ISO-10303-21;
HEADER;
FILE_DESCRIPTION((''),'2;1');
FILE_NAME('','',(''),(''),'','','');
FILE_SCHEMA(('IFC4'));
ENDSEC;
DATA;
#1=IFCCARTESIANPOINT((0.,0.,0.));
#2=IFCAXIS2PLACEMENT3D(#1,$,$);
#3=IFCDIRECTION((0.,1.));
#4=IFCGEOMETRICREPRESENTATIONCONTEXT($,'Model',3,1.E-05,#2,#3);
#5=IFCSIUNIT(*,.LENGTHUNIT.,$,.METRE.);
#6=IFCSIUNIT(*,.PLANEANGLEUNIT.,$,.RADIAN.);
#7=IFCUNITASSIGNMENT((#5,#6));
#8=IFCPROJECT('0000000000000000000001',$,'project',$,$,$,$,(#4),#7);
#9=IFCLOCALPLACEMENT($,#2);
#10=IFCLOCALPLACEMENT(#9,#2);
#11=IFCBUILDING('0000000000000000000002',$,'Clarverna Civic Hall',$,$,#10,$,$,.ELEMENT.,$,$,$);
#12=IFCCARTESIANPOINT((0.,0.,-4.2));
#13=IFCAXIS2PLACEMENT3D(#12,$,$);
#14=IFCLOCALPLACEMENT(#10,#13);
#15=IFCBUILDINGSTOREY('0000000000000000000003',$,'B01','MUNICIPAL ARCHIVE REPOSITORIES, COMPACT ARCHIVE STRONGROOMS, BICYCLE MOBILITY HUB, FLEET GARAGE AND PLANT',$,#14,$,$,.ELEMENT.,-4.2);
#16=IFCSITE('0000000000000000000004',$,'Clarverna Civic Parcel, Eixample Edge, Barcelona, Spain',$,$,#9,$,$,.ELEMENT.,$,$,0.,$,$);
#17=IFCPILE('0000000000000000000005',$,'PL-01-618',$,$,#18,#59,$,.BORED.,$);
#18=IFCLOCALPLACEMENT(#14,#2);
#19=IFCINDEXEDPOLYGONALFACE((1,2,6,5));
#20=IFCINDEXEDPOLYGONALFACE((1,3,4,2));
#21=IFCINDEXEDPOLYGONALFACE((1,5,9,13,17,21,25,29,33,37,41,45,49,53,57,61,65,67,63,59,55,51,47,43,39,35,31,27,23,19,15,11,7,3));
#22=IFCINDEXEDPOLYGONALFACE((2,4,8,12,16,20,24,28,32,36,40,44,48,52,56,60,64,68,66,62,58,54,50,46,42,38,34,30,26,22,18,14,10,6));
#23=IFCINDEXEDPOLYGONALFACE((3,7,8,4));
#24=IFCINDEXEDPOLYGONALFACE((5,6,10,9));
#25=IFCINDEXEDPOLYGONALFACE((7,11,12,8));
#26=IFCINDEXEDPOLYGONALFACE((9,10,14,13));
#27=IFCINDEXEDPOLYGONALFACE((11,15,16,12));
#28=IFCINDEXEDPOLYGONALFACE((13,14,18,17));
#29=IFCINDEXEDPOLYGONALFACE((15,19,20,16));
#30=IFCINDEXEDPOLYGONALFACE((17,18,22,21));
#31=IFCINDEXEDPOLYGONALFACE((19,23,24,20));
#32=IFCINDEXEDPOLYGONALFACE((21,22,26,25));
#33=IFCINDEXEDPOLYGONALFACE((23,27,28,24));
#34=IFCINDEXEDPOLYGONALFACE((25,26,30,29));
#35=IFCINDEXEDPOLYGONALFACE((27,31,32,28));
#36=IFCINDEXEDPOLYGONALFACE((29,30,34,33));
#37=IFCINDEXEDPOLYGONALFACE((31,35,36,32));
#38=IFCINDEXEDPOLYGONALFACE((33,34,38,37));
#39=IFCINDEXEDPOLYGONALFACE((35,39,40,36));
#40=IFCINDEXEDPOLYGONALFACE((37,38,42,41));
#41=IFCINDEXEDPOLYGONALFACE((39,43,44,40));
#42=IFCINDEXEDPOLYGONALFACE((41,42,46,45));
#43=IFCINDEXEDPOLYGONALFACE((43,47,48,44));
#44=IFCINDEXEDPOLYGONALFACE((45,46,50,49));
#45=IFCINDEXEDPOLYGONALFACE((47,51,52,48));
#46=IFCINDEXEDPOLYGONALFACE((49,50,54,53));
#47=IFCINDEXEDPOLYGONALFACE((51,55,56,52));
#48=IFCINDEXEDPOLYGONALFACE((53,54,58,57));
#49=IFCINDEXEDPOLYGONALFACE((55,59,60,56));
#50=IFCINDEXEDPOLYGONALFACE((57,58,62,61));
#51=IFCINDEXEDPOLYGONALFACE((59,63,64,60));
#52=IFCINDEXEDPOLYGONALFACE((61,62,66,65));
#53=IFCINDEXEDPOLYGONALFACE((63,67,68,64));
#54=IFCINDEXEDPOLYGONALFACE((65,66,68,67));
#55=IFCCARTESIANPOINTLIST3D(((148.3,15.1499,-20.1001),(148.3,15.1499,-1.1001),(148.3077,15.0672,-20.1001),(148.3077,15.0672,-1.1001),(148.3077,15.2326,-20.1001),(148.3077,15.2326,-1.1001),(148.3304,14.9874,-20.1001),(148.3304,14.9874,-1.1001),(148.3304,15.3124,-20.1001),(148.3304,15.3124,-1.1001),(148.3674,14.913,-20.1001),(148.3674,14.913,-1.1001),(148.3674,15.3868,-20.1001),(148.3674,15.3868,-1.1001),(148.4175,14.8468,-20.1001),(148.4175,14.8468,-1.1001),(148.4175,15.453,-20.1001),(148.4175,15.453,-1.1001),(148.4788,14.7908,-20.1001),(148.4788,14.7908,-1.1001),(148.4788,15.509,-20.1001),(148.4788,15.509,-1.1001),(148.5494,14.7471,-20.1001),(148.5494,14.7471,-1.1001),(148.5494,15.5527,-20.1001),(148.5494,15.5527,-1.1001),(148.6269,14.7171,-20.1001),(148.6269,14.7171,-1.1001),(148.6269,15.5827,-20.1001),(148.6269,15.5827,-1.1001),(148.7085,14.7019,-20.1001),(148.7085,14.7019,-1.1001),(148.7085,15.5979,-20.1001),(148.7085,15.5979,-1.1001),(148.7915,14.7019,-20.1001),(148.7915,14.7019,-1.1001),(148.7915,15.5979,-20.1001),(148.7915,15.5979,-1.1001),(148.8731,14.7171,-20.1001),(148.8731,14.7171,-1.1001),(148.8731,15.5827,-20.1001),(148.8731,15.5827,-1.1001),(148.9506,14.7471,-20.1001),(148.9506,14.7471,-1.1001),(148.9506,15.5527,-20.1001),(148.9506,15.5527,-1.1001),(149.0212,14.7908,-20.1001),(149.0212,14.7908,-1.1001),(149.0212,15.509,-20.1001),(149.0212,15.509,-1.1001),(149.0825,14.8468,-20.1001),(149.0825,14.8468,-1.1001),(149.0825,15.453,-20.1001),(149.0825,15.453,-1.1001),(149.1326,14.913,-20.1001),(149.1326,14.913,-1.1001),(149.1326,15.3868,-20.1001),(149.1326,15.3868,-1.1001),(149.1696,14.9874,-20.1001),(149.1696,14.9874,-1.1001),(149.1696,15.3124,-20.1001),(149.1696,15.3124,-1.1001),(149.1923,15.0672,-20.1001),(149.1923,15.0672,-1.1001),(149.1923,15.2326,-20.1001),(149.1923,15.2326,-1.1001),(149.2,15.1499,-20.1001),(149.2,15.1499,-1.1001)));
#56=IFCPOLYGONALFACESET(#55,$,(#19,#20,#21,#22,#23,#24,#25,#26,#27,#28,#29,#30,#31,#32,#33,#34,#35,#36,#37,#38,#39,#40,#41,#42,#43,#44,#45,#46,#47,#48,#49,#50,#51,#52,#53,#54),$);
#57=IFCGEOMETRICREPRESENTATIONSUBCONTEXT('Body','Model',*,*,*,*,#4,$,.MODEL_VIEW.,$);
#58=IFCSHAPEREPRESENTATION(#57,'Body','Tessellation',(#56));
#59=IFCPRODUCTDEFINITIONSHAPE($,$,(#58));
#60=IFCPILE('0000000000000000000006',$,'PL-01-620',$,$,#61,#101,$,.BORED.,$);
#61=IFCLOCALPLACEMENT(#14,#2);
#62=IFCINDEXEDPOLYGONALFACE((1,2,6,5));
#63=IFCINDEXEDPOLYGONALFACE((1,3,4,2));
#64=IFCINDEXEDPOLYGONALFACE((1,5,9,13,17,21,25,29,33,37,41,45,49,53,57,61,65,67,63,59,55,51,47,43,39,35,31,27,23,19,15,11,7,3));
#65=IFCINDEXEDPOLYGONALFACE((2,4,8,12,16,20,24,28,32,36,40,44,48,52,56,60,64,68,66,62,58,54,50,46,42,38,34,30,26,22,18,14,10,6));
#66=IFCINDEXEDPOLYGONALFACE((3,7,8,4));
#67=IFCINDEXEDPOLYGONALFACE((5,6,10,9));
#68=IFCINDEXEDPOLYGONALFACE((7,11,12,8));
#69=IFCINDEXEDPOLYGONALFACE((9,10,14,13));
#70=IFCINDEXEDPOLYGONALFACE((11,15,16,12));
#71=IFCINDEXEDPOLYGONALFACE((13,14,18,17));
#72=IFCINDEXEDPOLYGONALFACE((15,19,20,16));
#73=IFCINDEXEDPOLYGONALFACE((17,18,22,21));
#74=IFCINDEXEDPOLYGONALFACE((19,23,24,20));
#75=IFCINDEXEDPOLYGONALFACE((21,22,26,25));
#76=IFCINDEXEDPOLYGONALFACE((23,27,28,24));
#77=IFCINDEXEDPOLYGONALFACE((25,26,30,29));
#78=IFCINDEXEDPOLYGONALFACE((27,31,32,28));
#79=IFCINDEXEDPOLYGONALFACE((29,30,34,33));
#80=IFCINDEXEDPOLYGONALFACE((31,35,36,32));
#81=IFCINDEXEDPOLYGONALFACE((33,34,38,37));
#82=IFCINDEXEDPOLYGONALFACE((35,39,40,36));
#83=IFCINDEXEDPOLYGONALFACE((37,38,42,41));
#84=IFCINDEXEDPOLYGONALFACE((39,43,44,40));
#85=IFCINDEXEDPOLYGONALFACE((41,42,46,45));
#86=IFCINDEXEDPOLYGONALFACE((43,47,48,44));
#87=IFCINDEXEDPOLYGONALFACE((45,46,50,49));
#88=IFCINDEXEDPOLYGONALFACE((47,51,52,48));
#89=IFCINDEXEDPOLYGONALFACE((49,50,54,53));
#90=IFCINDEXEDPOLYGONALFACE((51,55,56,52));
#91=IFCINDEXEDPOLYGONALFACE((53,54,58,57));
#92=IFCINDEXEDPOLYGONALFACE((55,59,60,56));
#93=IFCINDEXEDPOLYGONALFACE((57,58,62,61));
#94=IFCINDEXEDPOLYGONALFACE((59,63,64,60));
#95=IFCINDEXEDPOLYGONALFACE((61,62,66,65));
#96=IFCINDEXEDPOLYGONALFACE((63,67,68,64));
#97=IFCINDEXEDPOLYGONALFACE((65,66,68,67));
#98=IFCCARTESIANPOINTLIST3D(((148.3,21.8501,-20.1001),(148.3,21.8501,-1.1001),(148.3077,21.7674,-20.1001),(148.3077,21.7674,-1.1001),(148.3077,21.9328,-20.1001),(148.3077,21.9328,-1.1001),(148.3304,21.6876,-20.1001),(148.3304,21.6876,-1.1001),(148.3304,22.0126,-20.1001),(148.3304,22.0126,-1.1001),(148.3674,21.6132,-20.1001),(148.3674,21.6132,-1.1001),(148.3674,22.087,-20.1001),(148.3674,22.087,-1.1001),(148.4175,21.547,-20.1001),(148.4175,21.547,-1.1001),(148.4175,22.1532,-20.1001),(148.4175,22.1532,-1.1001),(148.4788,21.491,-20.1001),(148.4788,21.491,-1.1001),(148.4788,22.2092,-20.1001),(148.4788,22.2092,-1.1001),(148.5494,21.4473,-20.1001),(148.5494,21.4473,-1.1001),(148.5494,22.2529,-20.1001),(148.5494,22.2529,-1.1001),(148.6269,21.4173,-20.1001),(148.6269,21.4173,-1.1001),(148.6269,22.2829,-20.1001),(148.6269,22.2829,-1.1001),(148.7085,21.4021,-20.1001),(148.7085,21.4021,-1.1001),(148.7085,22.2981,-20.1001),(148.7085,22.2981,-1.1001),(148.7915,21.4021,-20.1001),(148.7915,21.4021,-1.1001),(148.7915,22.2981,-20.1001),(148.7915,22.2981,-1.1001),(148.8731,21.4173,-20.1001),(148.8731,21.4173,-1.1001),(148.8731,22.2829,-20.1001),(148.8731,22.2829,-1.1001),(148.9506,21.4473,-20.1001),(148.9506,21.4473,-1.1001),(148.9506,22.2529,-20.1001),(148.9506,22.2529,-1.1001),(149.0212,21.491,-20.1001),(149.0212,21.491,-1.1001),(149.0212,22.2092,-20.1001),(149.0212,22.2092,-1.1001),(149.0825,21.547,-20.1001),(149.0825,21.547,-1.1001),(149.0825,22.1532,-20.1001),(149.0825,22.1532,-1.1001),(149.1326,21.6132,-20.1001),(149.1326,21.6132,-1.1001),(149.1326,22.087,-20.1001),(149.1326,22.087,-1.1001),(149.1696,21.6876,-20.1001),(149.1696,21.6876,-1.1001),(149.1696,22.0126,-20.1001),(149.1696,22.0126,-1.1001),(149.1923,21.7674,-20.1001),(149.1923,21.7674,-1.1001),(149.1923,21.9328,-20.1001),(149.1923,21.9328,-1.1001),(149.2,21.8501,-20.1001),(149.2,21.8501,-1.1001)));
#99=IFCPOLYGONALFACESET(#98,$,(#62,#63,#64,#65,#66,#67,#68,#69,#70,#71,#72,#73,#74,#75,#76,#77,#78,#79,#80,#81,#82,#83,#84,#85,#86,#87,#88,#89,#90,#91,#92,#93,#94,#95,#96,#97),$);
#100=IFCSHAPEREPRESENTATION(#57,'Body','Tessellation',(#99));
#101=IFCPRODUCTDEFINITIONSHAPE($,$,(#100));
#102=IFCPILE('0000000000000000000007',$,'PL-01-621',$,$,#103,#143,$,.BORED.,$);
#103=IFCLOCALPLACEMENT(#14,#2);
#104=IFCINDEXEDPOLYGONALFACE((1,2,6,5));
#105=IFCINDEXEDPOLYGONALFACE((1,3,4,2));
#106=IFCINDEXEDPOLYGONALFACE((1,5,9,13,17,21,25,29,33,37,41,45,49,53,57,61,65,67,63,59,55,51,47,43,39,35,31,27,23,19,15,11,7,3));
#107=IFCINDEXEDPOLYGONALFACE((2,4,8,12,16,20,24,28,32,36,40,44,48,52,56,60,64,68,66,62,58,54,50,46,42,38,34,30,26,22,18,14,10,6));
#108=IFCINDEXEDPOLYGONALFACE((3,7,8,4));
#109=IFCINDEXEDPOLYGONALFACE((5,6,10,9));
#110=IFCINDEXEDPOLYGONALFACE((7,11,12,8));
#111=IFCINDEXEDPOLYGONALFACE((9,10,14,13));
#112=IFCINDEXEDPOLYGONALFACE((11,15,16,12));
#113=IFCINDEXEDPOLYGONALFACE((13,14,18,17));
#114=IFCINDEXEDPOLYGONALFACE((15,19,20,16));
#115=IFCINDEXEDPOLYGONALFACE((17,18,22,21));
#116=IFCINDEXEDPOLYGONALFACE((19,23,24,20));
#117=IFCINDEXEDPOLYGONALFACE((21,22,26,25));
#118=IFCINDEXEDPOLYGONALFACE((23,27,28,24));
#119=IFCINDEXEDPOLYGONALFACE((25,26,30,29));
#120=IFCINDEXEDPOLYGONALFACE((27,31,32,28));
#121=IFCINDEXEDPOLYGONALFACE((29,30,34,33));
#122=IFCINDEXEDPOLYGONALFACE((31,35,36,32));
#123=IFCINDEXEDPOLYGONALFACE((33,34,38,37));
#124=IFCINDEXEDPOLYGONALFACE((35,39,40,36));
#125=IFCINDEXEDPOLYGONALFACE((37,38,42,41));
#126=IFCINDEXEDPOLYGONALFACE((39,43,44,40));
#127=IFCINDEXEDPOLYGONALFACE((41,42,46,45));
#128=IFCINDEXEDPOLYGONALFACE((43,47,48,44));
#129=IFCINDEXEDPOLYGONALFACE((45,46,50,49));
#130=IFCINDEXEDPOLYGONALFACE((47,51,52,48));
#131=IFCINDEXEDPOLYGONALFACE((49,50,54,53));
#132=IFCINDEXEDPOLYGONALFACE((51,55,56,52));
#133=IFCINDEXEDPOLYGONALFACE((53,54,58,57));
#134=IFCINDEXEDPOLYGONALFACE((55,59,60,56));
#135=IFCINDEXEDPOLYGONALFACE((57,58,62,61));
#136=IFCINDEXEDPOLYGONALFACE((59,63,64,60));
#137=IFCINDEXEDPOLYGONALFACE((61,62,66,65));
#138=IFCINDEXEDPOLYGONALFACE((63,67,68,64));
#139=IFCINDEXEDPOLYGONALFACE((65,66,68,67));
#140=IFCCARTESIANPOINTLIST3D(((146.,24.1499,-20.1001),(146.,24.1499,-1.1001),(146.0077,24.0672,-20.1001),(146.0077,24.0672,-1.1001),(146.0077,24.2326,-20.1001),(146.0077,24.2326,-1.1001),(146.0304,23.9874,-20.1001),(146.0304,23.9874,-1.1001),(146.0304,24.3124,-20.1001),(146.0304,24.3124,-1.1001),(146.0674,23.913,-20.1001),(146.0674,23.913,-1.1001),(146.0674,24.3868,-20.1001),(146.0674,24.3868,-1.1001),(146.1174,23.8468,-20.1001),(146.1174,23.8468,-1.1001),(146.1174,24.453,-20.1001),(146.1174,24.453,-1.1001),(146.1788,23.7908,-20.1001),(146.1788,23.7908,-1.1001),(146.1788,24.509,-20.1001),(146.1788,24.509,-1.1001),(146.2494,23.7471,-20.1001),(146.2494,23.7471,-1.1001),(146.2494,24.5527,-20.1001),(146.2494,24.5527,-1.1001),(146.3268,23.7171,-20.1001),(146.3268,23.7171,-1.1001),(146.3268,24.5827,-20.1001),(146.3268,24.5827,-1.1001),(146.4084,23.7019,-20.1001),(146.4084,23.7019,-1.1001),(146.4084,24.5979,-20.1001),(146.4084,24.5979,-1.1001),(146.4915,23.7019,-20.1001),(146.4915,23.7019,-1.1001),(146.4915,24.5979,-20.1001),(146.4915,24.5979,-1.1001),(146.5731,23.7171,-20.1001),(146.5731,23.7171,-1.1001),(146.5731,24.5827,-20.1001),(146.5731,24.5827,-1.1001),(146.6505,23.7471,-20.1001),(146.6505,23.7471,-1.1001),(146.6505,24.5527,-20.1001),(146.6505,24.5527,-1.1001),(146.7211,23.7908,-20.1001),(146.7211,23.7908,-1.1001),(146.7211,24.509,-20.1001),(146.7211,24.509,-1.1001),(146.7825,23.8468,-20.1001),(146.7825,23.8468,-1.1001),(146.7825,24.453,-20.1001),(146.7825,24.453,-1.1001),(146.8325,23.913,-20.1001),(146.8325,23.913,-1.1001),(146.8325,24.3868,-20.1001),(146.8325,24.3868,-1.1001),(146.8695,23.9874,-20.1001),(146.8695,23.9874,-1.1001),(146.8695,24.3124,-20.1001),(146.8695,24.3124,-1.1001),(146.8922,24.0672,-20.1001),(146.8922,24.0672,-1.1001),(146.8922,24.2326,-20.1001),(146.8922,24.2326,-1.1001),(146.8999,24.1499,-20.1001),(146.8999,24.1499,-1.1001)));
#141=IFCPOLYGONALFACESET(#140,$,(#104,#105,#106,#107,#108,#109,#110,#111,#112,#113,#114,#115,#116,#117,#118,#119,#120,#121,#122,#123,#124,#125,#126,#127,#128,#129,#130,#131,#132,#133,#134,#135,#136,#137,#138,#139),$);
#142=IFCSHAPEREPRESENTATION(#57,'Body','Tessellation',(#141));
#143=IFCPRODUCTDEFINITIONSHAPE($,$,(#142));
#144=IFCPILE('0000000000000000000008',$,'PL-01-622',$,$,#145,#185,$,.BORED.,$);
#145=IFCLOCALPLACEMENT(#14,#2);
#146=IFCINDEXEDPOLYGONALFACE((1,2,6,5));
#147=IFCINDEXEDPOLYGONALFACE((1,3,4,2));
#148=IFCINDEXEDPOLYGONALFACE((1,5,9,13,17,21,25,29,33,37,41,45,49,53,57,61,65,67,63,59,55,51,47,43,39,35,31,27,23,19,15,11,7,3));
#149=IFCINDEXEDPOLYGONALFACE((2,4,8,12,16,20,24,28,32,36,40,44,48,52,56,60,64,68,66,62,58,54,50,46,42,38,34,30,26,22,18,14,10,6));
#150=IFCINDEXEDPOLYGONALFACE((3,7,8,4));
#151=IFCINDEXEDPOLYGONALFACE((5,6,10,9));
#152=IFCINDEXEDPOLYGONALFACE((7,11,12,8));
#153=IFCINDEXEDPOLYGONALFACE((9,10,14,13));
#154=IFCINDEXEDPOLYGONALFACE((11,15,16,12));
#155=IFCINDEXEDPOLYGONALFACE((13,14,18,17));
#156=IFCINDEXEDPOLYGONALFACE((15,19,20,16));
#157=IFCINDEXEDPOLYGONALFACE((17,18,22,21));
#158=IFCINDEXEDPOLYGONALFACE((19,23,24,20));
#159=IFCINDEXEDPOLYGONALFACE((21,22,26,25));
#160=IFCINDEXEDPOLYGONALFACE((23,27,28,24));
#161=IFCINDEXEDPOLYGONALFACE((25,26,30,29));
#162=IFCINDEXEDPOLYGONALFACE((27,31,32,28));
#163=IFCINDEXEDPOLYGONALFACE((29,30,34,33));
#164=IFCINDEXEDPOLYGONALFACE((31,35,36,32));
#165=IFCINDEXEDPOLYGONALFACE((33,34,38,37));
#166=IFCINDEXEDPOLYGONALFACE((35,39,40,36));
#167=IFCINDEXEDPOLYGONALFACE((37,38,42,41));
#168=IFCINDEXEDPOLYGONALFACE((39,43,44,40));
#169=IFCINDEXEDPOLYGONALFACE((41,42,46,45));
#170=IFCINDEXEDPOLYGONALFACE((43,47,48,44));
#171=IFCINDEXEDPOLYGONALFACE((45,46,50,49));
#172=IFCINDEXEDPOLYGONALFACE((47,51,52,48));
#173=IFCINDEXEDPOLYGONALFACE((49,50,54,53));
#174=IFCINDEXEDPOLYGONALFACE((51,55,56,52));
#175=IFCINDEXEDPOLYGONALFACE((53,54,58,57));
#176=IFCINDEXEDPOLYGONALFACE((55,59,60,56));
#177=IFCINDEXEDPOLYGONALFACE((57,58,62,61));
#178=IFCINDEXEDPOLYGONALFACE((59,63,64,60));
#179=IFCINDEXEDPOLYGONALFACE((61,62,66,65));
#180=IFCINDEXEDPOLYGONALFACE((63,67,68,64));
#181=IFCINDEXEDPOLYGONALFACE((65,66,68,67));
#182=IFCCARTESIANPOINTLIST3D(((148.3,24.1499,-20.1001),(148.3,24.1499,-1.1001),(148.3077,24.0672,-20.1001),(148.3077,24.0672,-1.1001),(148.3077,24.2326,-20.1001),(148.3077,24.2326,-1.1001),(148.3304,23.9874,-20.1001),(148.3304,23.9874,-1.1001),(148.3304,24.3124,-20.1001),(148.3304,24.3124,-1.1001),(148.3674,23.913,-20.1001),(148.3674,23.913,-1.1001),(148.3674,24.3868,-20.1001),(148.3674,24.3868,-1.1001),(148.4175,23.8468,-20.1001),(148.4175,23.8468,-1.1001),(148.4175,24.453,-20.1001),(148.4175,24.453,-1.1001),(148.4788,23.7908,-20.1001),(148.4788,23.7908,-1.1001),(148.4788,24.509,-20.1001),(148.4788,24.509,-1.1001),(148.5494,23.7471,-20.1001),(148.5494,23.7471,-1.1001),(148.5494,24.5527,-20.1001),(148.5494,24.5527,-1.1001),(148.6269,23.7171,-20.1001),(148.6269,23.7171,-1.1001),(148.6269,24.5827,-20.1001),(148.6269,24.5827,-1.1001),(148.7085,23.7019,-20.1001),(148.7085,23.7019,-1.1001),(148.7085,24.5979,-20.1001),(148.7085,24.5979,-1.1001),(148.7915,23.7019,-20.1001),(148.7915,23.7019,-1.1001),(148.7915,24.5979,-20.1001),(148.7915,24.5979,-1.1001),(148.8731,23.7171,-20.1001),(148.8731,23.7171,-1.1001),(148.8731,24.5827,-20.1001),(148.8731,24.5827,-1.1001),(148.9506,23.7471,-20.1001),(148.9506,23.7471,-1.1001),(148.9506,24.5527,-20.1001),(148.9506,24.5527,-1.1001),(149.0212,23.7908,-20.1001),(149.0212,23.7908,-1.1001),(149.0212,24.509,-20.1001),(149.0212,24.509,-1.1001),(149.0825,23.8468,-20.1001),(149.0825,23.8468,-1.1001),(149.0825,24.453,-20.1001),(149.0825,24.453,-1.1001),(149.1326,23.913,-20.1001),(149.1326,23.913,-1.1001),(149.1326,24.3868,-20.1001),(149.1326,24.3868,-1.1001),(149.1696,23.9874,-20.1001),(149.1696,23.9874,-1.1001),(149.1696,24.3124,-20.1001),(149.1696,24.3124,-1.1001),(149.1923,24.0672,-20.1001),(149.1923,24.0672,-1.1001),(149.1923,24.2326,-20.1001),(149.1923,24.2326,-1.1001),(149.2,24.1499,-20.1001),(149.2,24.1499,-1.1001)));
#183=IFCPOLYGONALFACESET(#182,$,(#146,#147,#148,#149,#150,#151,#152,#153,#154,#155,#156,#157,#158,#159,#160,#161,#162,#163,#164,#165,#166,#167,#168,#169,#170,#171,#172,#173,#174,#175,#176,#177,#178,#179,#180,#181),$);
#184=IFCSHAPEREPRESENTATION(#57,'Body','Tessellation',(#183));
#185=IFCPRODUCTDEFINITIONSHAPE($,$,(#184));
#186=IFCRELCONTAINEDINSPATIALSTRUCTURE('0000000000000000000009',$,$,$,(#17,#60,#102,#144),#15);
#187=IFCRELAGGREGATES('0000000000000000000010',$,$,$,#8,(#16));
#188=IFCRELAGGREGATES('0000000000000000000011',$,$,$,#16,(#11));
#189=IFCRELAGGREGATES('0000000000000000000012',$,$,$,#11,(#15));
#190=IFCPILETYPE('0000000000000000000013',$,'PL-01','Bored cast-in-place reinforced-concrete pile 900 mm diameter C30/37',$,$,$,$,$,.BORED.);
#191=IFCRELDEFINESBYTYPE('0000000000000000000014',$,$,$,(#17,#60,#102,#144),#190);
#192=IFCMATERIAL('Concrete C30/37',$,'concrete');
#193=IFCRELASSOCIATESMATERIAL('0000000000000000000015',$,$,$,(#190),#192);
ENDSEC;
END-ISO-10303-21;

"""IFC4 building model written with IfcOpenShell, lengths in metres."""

from ifc_helpers import new_model, si_unit, direction, frame, origin, origin_2d, place, context, subcontext, project, spatial, circle, extrude, material, material_profile, profile_set, type_object, element, save


model = new_model("IFC4")

# Units and contexts
model_context = context("Model", 3, precision=1e-05, world=origin(), true_north=direction((0.0, 1.0)))
body_context = subcontext(model_context, "Body", "Model", "MODEL_VIEW")
ifc_project = project(units=[si_unit("LENGTHUNIT", "METRE"), si_unit("PLANEANGLEUNIT", "RADIAN")], contexts=[model_context])

# Site, building, storey
site_placement = place(None, origin())
site = spatial("IfcSite", under=ifc_project, at=site_placement, Name="Clarverna Civic Parcel, Eixample Edge, Barcelona, Spain", CompositionType="ELEMENT", RefElevation=0.0)
building_placement = place(site_placement, origin())
building = spatial("IfcBuilding", under=site, at=building_placement, Name="Clarverna Civic Hall", CompositionType="ELEMENT")
storey_placement = place(building_placement, frame((0.0, 0.0, -4.2)))
storey = spatial("IfcBuildingStorey", under=building, at=storey_placement, Name="B01", Description="MUNICIPAL ARCHIVE REPOSITORIES, COMPACT ARCHIVE STRONGROOMS, BICYCLE MOBILITY HUB, FLEET GARAGE AND PLANT", CompositionType="ELEMENT", Elevation=-4.2)

# Shared definitions
ifc_material_1 = material(Name="Concrete C30/37", Category="concrete")

# Piles
ifc_material_profile_1 = material_profile(ifc_material_1, circle(Radius=0.45, at=origin_2d()), Name="BORED PILE D900")
ifc_profile_set_1 = profile_set([ifc_material_profile_1], Name="Concrete C30/37")
pile_type = type_object("IfcPileType", Name="PL-01", Description="Bored cast-in-place reinforced-concrete pile 900 mm diameter C30/37", PredefinedType="BORED", material=ifc_profile_set_1)
for number, where, z_axis, x_axis, name in (
    (1, (148.75, 15.1499, -1.1001), (0.0, 0.0, -1.0), (1.0, 0.0, 0.0), "PL-01-618"),
    (2, (148.75, 21.8501, -1.1001), (0.0, 0.0, -1.0), (1.0, 0.0, 0.0), "PL-01-620"),
    (3, (146.45, 24.1499, -1.1001), (0.0, 0.0, -1.0), (1.0, 0.0, 0.0), "PL-01-621"),
    (4, (148.75, 24.1499, -1.1001), (0.0, 0.0, -1.0), (1.0, 0.0, 0.0), "PL-01-622"),
):
    element("IfcPile", number, at=place(storey_placement, frame(where, z_axis=z_axis, x_axis=x_axis)), inside=storey, type_object=pile_type, Name=name, PredefinedType="BORED", context=body_context, shape_type="SweptSolid", body=[
        extrude(circle(Radius=0.45, at=origin_2d()), origin(), (0.0, 0.0, 1.0), 19.0),
    ])

save(model, "model.ifc")
